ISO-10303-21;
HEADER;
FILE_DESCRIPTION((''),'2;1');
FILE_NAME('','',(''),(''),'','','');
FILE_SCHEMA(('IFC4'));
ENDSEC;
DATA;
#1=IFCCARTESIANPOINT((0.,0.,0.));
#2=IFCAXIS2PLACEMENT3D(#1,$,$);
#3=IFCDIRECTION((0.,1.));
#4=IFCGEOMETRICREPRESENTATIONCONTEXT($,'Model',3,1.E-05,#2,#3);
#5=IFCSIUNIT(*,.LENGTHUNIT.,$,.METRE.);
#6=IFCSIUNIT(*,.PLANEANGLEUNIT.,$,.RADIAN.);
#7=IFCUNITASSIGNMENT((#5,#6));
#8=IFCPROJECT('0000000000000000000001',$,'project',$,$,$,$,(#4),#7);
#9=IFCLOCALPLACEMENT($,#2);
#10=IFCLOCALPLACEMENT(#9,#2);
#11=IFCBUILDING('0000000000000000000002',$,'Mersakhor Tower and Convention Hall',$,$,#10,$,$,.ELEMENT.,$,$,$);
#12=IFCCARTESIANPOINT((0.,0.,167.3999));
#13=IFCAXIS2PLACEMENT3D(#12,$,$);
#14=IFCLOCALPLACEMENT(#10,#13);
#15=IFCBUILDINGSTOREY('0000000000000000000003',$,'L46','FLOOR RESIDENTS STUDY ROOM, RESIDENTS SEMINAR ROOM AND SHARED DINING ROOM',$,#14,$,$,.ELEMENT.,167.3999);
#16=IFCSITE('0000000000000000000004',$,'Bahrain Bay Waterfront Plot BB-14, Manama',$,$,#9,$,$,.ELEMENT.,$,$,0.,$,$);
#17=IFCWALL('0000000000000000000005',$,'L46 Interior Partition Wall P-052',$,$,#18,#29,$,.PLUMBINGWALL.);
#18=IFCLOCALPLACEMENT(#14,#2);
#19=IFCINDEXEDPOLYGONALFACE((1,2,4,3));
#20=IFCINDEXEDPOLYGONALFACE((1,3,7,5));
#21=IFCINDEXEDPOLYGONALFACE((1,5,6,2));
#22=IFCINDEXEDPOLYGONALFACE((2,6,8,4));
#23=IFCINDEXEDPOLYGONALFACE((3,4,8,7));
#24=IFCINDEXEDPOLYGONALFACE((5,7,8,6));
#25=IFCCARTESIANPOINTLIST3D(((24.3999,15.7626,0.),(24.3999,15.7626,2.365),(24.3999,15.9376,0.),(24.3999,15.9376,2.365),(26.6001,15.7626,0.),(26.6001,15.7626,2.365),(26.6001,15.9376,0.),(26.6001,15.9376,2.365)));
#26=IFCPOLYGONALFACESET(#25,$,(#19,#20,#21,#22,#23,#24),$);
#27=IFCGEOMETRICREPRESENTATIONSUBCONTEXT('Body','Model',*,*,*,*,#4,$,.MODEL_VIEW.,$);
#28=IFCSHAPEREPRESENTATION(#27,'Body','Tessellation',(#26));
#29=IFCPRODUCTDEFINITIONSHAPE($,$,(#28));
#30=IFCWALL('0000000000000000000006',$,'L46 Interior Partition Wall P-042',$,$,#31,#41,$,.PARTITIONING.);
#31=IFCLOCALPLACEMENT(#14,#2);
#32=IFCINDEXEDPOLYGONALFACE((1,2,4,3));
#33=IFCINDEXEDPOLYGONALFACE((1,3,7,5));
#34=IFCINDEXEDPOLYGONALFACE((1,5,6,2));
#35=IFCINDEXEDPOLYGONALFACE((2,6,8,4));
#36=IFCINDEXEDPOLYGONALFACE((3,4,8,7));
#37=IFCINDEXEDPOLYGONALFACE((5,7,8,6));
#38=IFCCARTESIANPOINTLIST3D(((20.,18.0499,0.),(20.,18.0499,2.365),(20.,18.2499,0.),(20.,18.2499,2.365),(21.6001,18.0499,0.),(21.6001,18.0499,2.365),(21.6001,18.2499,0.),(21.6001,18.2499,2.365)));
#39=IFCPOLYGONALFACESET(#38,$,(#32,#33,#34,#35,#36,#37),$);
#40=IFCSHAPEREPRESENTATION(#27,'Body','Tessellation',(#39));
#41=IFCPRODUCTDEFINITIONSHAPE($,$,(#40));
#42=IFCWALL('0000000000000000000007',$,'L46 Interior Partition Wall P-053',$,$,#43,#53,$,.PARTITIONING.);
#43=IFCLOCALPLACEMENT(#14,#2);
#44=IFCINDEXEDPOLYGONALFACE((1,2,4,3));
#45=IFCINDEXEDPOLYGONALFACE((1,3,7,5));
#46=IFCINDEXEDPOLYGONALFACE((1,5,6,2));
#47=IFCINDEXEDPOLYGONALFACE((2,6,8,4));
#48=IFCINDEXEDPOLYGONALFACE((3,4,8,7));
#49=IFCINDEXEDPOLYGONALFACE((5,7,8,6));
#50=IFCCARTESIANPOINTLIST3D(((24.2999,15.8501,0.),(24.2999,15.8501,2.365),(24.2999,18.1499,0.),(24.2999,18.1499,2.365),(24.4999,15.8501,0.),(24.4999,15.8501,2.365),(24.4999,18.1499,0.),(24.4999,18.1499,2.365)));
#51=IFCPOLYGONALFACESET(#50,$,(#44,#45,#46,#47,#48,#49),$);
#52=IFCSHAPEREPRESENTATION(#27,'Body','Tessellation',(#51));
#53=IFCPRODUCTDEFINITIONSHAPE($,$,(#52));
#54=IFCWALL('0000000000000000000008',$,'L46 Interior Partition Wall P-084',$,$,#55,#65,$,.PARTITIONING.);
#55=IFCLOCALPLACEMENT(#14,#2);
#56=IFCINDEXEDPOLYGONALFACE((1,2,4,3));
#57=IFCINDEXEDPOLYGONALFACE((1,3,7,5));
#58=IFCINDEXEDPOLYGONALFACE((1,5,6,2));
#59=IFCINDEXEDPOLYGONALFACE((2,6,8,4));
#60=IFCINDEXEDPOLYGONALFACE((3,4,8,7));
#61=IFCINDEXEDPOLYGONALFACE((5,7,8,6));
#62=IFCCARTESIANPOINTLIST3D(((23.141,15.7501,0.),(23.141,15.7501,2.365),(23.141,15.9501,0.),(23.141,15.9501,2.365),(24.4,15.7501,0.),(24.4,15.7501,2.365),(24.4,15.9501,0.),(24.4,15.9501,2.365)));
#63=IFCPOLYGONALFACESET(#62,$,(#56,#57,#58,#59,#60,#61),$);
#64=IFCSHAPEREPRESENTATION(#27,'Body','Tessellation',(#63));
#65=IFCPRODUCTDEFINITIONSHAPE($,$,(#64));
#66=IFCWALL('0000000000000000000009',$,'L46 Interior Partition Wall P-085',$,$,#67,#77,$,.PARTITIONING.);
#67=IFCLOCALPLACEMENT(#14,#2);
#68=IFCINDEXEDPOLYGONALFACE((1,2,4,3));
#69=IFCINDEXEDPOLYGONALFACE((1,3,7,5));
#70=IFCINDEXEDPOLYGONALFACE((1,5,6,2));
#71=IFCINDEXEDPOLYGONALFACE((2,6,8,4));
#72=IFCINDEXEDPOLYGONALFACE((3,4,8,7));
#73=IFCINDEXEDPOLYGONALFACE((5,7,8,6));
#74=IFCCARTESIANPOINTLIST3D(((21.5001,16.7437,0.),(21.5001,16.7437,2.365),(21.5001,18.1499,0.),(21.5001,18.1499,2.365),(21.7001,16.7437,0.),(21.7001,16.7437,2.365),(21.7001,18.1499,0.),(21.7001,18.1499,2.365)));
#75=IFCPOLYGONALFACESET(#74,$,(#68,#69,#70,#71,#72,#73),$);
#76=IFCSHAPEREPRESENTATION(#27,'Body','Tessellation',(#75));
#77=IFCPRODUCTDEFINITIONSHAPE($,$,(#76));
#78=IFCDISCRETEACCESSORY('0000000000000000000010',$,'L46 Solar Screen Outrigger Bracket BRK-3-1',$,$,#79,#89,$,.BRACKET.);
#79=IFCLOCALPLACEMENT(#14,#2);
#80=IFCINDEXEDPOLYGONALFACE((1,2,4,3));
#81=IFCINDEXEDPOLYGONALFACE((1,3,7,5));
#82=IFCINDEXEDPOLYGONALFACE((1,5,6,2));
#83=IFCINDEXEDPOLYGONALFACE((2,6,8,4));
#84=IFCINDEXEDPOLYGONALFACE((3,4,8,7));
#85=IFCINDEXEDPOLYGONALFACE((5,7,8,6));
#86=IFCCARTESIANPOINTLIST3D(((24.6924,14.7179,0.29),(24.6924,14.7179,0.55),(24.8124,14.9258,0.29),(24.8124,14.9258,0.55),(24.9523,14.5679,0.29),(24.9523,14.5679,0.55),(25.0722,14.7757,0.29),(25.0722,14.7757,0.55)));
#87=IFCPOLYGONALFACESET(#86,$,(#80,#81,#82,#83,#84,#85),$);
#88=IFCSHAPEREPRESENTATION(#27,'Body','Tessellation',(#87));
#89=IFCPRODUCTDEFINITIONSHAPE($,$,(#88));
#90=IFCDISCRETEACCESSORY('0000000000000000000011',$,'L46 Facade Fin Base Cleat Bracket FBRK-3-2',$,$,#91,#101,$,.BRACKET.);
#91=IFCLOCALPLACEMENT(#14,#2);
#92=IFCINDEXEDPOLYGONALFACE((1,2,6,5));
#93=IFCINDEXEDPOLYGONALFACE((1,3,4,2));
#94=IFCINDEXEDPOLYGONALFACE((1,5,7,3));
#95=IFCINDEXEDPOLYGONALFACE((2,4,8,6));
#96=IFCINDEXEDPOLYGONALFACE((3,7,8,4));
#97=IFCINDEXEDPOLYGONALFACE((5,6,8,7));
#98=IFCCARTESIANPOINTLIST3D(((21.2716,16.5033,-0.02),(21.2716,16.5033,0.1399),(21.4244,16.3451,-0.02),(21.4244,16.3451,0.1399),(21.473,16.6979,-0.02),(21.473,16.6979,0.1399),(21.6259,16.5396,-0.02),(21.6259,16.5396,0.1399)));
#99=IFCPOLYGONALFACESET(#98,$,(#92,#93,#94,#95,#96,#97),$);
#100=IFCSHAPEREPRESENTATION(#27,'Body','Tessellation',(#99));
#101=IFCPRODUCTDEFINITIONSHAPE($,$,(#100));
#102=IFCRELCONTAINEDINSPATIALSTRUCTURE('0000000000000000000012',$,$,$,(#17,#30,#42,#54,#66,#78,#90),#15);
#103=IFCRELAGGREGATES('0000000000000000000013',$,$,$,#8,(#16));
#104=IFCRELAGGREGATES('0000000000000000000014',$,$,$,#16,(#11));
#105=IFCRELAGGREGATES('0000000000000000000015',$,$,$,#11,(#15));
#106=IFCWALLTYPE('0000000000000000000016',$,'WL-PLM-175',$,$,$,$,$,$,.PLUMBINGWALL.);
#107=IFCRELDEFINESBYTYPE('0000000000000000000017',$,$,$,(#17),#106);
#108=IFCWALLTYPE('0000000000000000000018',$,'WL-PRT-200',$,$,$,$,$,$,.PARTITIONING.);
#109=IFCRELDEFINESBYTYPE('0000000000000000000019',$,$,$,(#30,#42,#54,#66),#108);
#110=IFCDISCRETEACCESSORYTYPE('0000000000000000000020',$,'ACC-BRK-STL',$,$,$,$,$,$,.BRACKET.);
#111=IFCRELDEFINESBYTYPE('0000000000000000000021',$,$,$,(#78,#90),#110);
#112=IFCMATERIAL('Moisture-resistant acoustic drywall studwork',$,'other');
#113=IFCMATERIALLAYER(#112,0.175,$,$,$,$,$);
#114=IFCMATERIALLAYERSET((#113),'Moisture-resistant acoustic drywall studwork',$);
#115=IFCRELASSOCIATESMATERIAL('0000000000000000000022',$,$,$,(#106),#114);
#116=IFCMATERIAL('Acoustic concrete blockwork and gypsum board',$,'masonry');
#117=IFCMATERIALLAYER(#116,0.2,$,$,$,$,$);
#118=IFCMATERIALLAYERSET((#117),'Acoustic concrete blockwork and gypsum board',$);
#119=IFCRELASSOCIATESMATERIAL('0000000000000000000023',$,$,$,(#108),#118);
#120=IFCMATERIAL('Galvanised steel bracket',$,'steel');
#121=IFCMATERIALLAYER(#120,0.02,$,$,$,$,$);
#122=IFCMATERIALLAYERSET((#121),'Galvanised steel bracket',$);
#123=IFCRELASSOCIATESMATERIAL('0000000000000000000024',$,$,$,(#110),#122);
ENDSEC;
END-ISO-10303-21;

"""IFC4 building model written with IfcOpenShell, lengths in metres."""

from ifc_helpers import new_model, si_unit, direction, frame, frame_2d, origin, origin_2d, place, context, subcontext, project, spatial, rectangle, extrude, material, layer, layer_set, type_object, element, save


model = new_model("IFC4")

# Units and contexts
model_context = context("Model", 3, precision=1e-05, world=origin(), true_north=direction((0.0, 1.0)))
body_context = subcontext(model_context, "Body", "Model", "MODEL_VIEW")
ifc_project = project(units=[si_unit("LENGTHUNIT", "METRE"), si_unit("PLANEANGLEUNIT", "RADIAN")], contexts=[model_context])

# Site, building, storey
site_placement = place(None, origin())
site = spatial("IfcSite", under=ifc_project, at=site_placement, Name="Bahrain Bay Waterfront Plot BB-14, Manama", CompositionType="ELEMENT", RefElevation=0.0)
building_placement = place(site_placement, origin())
building = spatial("IfcBuilding", under=site, at=building_placement, Name="Mersakhor Tower and Convention Hall", CompositionType="ELEMENT")
storey_placement = place(building_placement, frame((0.0, 0.0, 167.3999)))
storey = spatial("IfcBuildingStorey", under=building, at=storey_placement, Name="L46", Description="FLOOR RESIDENTS STUDY ROOM, RESIDENTS SEMINAR ROOM AND SHARED DINING ROOM", CompositionType="ELEMENT", Elevation=167.3999)

# Walls
ifc_material_1 = material(Name="Moisture-resistant acoustic drywall studwork", Category="other")
ifc_layer_1 = layer(ifc_material_1, 0.175)
ifc_layer_set_1 = layer_set([ifc_layer_1], Name="Moisture-resistant acoustic drywall studwork")
wall_type_1 = type_object("IfcWallType", Name="WL-PLM-175", PredefinedType="PLUMBINGWALL", material=ifc_layer_set_1)
wall_1_placement = place(storey_placement, frame((26.6001, 15.8501, 0.0), z_axis=(0.0, 0.0, 1.0), x_axis=(-1.0, 0.0, 0.0)))
element("IfcWall", 1, at=wall_1_placement, inside=storey, type_object=wall_type_1, Name="L46 Interior Partition Wall P-052", PredefinedType="PLUMBINGWALL", context=body_context, shape_type="SweptSolid", body=[
    extrude(rectangle(XDim=2.2002, YDim=0.175, at=frame_2d((1.1001, 0.0))), origin(), (0.0, 0.0, 1.0), 2.365),
])
ifc_material_2 = material(Name="Acoustic concrete blockwork and gypsum board", Category="masonry")
ifc_layer_2 = layer(ifc_material_2, 0.2)
ifc_layer_set_2 = layer_set([ifc_layer_2], Name="Acoustic concrete blockwork and gypsum board")
wall_type_2 = type_object("IfcWallType", Name="WL-PRT-200", PredefinedType="PARTITIONING", material=ifc_layer_set_2)
wall_2_placement = place(storey_placement, frame((21.6001, 18.1499, 0.0), z_axis=(0.0, 0.0, 1.0), x_axis=(-1.0, 0.0, 0.0)))
element("IfcWall", 2, at=wall_2_placement, inside=storey, type_object=wall_type_2, Name="L46 Interior Partition Wall P-042", PredefinedType="PARTITIONING", context=body_context, shape_type="SweptSolid", body=[
    extrude(rectangle(XDim=1.6001, YDim=0.2, at=frame_2d((0.8, 0.0))), origin(), (0.0, 0.0, 1.0), 2.365),
])
wall_3_placement = place(storey_placement, frame((24.3999, 15.8501, 0.0), z_axis=(0.0, 0.0, 1.0), x_axis=(0.0, 1.0, 0.0)))
element("IfcWall", 3, at=wall_3_placement, inside=storey, type_object=wall_type_2, Name="L46 Interior Partition Wall P-053", PredefinedType="PARTITIONING", context=body_context, shape_type="SweptSolid", body=[
    extrude(rectangle(XDim=2.2998, YDim=0.2, at=frame_2d((1.1499, 0.0))), origin(), (0.0, 0.0, 1.0), 2.365),
])
wall_4_placement = place(storey_placement, frame((24.3999, 15.8501, 0.0), z_axis=(0.0, 0.0, 1.0), x_axis=(-1.0, 0.0, 0.0)))
element("IfcWall", 4, at=wall_4_placement, inside=storey, type_object=wall_type_2, Name="L46 Interior Partition Wall P-084", PredefinedType="PARTITIONING", context=body_context, shape_type="SweptSolid", body=[
    extrude(rectangle(XDim=1.259, YDim=0.2, at=frame_2d((0.6294, 0.0))), origin(), (0.0, 0.0, 1.0), 2.365),
])
wall_5_placement = place(storey_placement, frame((21.6001, 16.7437, 0.0), z_axis=(0.0, 0.0, 1.0), x_axis=(0.0, 1.0, 0.0)))
element("IfcWall", 5, at=wall_5_placement, inside=storey, type_object=wall_type_2, Name="L46 Interior Partition Wall P-085", PredefinedType="PARTITIONING", context=body_context, shape_type="SweptSolid", body=[
    extrude(rectangle(XDim=1.4062, YDim=0.2, at=frame_2d((0.7031, 0.0))), origin(), (0.0, 0.0, 1.0), 2.365),
])

# Discrete accessories
ifc_material_3 = material(Name="Galvanised steel bracket", Category="steel")
ifc_layer_3 = layer(ifc_material_3, 0.02)
ifc_layer_set_3 = layer_set([ifc_layer_3], Name="Galvanised steel bracket")
discrete_accessory_type = type_object("IfcDiscreteAccessoryType", Name="ACC-BRK-STL", PredefinedType="BRACKET", material=ifc_layer_set_3)
discrete_accessory_1_placement = place(storey_placement, frame((24.8823, 14.7468, 0.29), z_axis=(0.0, 0.0, 1.0), x_axis=(-0.866025, 0.5, 0.0)))
element("IfcDiscreteAccessory", 6, at=discrete_accessory_1_placement, inside=storey, type_object=discrete_accessory_type, Name="L46 Solar Screen Outrigger Bracket BRK-3-1", PredefinedType="BRACKET", context=body_context, shape_type="SweptSolid", body=[
    extrude(rectangle(XDim=0.3, YDim=0.24, at=origin_2d()), origin(), (0.0, 0.0, 1.0), 0.26),
])
discrete_accessory_2_placement = place(storey_placement, frame((21.4487, 16.5215, -0.02), z_axis=(0.0, 0.0, 1.0), x_axis=(-0.71934, -0.694658, 0.0)))
element("IfcDiscreteAccessory", 7, at=discrete_accessory_2_placement, inside=storey, type_object=discrete_accessory_type, Name="L46 Facade Fin Base Cleat Bracket FBRK-3-2", PredefinedType="BRACKET", context=body_context, shape_type="SweptSolid", body=[
    extrude(rectangle(XDim=0.28, YDim=0.22, at=origin_2d()), origin(), (0.0, 0.0, 1.0), 0.1599),
])

save(model, "model.ifc")
